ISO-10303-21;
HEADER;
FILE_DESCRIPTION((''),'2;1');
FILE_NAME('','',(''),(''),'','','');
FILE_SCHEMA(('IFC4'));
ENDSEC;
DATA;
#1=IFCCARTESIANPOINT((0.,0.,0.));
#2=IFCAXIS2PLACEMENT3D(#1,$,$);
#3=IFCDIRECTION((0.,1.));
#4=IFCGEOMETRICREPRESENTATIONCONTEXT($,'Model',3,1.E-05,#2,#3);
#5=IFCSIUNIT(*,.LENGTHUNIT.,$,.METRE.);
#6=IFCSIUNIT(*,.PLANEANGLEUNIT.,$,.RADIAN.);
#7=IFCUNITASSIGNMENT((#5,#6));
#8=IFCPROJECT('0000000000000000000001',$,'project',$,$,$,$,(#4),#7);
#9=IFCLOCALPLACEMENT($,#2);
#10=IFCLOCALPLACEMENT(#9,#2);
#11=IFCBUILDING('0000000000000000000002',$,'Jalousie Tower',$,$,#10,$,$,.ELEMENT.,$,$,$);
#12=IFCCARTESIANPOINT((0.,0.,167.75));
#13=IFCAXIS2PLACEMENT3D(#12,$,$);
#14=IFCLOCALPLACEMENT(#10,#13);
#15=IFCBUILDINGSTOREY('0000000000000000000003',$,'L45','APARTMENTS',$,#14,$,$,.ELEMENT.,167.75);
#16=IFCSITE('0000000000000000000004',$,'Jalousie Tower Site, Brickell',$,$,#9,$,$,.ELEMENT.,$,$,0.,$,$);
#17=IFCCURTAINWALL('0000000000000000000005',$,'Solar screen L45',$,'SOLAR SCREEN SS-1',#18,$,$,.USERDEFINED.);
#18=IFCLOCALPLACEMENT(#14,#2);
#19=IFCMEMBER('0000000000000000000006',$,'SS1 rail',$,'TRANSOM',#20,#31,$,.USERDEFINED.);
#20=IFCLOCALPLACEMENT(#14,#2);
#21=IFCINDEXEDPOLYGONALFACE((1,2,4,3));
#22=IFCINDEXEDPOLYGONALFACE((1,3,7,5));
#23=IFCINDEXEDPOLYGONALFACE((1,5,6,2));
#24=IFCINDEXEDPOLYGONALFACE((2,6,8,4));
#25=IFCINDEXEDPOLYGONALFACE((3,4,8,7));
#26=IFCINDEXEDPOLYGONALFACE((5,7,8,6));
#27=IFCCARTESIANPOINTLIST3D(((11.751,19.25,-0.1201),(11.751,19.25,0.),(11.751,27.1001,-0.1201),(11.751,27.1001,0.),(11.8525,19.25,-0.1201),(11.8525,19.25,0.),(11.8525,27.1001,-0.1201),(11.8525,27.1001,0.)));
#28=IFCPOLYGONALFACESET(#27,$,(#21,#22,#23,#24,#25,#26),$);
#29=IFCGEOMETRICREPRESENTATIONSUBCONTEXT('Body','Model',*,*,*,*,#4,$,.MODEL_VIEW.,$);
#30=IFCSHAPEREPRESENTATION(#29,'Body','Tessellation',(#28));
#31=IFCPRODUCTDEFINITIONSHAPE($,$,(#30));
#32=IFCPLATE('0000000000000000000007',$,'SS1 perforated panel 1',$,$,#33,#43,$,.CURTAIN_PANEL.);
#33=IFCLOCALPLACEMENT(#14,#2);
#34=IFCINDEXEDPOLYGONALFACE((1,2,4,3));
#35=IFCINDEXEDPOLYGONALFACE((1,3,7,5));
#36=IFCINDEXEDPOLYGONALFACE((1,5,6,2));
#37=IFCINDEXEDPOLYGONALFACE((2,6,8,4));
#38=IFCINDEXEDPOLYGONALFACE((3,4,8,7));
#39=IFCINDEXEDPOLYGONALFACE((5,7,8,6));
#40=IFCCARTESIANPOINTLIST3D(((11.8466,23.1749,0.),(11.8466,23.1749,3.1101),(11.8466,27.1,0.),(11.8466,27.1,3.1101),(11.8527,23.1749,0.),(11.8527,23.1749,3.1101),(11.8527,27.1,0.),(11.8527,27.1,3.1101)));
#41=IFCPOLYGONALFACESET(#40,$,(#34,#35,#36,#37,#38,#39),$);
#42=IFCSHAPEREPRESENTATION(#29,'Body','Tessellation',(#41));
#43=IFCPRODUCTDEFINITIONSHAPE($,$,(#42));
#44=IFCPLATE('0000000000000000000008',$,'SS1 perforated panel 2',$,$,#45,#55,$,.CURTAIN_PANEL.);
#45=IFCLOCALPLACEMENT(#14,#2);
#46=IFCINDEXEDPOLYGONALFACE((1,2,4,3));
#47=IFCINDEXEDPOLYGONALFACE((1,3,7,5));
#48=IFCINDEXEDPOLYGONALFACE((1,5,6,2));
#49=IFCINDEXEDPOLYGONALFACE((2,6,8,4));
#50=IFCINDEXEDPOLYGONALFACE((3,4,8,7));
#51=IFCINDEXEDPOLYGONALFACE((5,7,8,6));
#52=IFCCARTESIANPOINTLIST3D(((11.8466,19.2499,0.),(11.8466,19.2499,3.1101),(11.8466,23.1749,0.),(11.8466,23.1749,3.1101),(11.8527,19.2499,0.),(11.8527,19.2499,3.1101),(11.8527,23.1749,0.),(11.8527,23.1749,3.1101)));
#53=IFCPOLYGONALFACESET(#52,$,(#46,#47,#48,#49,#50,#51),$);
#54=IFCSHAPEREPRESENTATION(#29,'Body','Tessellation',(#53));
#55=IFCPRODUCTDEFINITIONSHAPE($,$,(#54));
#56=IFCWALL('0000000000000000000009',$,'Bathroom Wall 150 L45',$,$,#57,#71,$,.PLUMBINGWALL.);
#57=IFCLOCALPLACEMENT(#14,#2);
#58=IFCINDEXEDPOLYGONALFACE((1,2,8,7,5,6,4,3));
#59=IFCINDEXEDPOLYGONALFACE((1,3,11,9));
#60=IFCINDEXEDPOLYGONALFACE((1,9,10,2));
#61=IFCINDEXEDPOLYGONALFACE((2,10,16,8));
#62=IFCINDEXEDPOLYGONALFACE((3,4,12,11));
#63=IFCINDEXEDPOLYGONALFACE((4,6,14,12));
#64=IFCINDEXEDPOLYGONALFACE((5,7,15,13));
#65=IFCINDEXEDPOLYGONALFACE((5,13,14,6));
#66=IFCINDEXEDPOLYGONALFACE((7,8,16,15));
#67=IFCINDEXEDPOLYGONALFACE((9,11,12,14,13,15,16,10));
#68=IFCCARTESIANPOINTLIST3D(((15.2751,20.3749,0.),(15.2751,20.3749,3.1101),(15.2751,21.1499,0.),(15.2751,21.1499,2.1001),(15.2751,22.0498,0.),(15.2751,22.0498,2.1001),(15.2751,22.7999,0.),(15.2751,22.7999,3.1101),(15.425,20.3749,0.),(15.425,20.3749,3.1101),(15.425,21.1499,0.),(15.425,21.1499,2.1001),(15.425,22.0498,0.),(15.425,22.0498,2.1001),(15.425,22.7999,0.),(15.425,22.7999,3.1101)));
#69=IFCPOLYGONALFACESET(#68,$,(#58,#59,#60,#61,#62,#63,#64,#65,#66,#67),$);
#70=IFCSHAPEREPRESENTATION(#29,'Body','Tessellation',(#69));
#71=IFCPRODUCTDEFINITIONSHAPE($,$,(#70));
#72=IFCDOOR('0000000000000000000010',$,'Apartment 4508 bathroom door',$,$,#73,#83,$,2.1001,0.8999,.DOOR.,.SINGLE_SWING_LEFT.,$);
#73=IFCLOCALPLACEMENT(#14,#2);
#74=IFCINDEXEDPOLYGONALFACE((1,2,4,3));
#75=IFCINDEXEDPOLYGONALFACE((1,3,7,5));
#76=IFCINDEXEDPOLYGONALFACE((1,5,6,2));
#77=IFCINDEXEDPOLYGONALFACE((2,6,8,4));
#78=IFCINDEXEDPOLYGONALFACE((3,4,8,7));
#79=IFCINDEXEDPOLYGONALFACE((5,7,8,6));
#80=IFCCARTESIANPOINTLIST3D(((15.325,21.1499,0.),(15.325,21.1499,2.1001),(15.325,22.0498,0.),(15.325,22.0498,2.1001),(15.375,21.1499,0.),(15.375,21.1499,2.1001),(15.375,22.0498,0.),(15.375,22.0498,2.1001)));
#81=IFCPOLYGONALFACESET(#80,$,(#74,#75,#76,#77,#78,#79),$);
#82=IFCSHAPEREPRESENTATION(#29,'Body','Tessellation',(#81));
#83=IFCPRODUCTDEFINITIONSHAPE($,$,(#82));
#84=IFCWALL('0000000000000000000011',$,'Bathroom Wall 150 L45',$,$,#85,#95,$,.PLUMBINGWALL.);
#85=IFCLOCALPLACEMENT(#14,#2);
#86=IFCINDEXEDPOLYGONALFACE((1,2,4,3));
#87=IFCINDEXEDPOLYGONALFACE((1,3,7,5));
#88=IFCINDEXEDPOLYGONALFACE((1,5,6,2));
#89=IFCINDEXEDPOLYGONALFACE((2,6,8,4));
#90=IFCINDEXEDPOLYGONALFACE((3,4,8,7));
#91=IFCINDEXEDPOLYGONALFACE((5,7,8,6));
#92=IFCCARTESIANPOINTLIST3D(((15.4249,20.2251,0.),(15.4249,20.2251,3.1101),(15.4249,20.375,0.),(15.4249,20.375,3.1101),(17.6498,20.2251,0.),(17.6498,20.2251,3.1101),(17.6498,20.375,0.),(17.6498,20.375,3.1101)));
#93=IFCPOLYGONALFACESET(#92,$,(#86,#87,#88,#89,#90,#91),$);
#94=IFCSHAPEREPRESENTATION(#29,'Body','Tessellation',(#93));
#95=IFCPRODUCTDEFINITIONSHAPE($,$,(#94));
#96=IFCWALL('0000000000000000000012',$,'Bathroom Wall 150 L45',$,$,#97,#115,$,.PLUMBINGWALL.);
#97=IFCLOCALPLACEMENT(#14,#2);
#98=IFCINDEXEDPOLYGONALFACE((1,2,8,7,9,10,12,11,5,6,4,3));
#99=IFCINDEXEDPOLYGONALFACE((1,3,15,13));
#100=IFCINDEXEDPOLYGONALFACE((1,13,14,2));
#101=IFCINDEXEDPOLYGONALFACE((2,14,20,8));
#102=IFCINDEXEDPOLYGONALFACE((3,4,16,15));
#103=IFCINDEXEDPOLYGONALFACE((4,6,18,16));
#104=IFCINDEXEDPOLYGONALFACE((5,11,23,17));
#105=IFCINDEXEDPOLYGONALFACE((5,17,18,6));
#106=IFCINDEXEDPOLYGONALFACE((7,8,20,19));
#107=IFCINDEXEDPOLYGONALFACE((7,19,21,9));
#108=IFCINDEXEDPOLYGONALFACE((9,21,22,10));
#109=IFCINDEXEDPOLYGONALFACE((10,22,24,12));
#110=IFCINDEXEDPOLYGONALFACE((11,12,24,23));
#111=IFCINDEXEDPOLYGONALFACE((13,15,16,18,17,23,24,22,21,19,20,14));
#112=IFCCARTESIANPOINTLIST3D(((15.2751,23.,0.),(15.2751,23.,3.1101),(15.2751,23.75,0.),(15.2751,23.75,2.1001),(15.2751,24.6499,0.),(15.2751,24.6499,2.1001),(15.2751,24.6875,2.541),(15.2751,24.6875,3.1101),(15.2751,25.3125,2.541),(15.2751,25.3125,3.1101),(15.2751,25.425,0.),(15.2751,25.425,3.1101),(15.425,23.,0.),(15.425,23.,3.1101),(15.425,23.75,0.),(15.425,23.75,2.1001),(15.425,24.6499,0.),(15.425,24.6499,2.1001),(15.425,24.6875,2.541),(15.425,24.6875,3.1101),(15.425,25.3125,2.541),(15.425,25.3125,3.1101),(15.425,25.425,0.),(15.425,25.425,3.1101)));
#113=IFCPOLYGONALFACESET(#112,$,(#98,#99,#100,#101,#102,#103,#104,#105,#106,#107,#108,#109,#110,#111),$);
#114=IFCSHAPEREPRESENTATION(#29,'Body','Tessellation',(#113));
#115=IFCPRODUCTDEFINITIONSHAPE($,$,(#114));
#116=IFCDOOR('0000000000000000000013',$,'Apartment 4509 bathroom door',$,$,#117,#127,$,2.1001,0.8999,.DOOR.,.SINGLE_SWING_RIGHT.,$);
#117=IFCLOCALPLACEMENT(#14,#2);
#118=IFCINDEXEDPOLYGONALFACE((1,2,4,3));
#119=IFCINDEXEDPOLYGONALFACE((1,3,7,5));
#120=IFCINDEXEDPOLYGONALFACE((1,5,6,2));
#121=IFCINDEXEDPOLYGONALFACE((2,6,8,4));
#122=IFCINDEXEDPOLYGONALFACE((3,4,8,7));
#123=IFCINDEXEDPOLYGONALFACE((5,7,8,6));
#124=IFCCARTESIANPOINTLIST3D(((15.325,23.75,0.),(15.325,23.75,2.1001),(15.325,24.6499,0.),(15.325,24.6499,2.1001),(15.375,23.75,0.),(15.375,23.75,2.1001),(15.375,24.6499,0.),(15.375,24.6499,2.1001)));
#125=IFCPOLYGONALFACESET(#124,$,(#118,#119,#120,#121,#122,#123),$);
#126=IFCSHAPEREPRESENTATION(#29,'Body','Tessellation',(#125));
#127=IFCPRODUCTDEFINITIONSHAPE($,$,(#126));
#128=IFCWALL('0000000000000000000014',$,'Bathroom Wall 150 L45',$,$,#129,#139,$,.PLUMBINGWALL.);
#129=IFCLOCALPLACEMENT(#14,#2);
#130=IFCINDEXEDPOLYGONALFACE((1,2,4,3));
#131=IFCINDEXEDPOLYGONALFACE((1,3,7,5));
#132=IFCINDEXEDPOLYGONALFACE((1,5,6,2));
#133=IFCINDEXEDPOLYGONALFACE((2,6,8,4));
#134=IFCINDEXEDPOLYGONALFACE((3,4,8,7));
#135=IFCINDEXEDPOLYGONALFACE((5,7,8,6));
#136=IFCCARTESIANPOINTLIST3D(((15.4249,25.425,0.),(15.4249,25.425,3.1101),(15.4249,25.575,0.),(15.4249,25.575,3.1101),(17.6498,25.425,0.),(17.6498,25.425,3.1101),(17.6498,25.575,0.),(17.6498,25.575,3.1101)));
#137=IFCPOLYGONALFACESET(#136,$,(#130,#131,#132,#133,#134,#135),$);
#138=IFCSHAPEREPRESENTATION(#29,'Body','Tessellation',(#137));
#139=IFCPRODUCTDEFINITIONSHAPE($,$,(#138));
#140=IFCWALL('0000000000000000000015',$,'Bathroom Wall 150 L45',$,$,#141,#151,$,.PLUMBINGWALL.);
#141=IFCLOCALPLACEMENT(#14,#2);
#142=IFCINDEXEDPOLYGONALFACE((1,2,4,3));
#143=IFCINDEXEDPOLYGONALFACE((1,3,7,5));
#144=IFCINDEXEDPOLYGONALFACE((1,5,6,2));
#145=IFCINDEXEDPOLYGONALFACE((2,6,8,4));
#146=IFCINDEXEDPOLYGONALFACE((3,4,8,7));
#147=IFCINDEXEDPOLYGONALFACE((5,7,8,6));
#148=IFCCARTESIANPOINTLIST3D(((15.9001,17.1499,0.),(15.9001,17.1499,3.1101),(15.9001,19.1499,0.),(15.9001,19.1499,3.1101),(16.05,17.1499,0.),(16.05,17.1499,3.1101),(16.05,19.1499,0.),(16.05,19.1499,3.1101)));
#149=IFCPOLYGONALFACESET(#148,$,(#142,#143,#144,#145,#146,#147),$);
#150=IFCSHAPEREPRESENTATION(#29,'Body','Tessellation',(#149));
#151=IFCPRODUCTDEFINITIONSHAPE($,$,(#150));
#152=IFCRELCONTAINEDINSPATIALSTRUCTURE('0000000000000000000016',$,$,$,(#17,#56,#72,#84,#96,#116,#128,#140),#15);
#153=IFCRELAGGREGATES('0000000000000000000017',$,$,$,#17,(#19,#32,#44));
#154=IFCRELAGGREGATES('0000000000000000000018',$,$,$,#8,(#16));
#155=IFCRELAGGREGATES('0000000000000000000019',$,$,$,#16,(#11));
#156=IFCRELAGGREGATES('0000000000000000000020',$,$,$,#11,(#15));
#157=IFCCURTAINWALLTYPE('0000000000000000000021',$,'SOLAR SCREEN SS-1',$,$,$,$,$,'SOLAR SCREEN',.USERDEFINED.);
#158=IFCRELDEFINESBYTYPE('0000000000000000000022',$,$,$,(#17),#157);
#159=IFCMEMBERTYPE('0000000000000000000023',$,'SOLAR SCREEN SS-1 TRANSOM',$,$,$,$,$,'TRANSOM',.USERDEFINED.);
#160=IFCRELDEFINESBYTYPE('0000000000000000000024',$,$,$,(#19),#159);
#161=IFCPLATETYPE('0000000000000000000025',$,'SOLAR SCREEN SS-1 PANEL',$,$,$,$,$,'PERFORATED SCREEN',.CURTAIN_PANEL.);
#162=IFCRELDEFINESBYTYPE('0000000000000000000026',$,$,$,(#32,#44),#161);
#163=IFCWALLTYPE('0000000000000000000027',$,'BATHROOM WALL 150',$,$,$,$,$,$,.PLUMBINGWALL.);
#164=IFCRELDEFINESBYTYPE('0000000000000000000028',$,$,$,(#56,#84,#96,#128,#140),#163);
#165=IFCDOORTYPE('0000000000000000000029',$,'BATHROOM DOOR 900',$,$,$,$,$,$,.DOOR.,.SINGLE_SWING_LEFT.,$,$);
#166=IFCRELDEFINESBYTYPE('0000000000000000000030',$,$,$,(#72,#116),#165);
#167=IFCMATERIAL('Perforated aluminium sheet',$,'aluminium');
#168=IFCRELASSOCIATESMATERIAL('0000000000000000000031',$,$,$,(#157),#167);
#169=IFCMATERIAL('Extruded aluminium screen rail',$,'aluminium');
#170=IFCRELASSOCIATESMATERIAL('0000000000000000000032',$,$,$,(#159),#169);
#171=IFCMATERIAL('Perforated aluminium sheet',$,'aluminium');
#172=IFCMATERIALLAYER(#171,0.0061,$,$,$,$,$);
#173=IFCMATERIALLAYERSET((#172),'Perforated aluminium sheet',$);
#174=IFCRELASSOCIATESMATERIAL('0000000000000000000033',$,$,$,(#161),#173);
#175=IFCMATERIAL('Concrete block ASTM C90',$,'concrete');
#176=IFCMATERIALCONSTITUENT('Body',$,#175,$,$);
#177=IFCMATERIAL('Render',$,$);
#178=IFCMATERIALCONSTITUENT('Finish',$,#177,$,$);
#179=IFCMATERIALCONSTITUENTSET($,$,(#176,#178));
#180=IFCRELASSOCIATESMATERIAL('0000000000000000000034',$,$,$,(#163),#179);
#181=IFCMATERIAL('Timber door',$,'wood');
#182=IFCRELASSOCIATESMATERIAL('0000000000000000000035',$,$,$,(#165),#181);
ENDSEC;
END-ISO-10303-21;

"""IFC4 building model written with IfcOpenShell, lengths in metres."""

from ifc_helpers import new_model, si_unit, direction, frame, frame_2d, origin, origin_2d, place, context, subcontext, project, spatial, polyline, rectangle, outline, extrude, material, layer, layer_set, constituent, constituent_set, material_profile, profile_set, type_object, element, fill, aggregate, save


model = new_model("IFC4")

# Units and contexts
model_context = context("Model", 3, precision=1e-05, world=origin(), true_north=direction((0.0, 1.0)))
body_context = subcontext(model_context, "Body", "Model", "MODEL_VIEW")
ifc_project = project(units=[si_unit("LENGTHUNIT", "METRE"), si_unit("PLANEANGLEUNIT", "RADIAN")], contexts=[model_context])

# Site, building, storey
site_placement = place(None, origin())
site = spatial("IfcSite", under=ifc_project, at=site_placement, Name="Jalousie Tower Site, Brickell", CompositionType="ELEMENT", RefElevation=0.0)
building_placement = place(site_placement, origin())
building = spatial("IfcBuilding", under=site, at=building_placement, Name="Jalousie Tower", CompositionType="ELEMENT")
storey_placement = place(building_placement, frame((0.0, 0.0, 167.75)))
storey = spatial("IfcBuildingStorey", under=building, at=storey_placement, Name="L45", Description="APARTMENTS", CompositionType="ELEMENT", Elevation=167.75)

# Shared definitions
ifc_material_1 = material(Name="Perforated aluminium sheet", Category="aluminium")
curtain_wall_type = type_object("IfcCurtainWallType", Name="SOLAR SCREEN SS-1", ElementType="SOLAR SCREEN", PredefinedType="USERDEFINED", material=ifc_material_1)

# Curtain wall, member, plates
curtain_wall_1_placement = place(storey_placement, origin())
curtain_wall_1 = element("IfcCurtainWall", 1, at=curtain_wall_1_placement, inside=storey, type_object=curtain_wall_type, Name="Solar screen L45", ObjectType="SOLAR SCREEN SS-1", PredefinedType="USERDEFINED")
ifc_material_2 = material(Name="Extruded aluminium screen rail", Category="aluminium")
ifc_material_profile_1 = material_profile(ifc_material_2, rectangle(XDim=0.1016, YDim=0.1201, at=origin_2d()), Name="RAIL 102x120")
ifc_profile_set_1 = profile_set([ifc_material_profile_1], Name="Extruded aluminium screen rail")
member_type_1 = type_object("IfcMemberType", Name="SOLAR SCREEN SS-1 TRANSOM", ElementType="TRANSOM", PredefinedType="USERDEFINED", material=ifc_profile_set_1)
member_1_placement = place(storey_placement, frame((11.8018, 27.1001, -0.0601), z_axis=(0.0, -1.0, 0.0), x_axis=(1.0, 0.0, 0.0)))
member_1 = element("IfcMember", 2, at=member_1_placement, type_object=member_type_1, Name="SS1 rail", ObjectType="TRANSOM", PredefinedType="USERDEFINED", context=body_context, shape_type="SweptSolid", body=[
    extrude(rectangle(XDim=0.1016, YDim=0.1201, at=origin_2d()), origin(), (0.0, 0.0, 1.0), 7.8501),
])
ifc_material_3 = material(Name="Perforated aluminium sheet", Category="aluminium")
ifc_layer_1 = layer(ifc_material_3, 0.0061)
ifc_layer_set_1 = layer_set([ifc_layer_1], Name="Perforated aluminium sheet")
plate_type = type_object("IfcPlateType", Name="SOLAR SCREEN SS-1 PANEL", ElementType="PERFORATED SCREEN", PredefinedType="CURTAIN_PANEL", material=ifc_layer_set_1)
plate_1_placement = place(storey_placement, frame((11.8496, 25.1375, 0.0), z_axis=(0.0, 0.0, 1.0), x_axis=(0.0, -1.0, 0.0)))
plate_1 = element("IfcPlate", 3, at=plate_1_placement, type_object=plate_type, Name="SS1 perforated panel 1", PredefinedType="CURTAIN_PANEL", context=body_context, shape_type="SweptSolid", body=[
    extrude(rectangle(XDim=3.925, YDim=0.0061, at=origin_2d()), origin(), (0.0, 0.0, 1.0), 3.1101),
])
plate_2_placement = place(storey_placement, frame((11.8496, 21.2124, 0.0), z_axis=(0.0, 0.0, 1.0), x_axis=(0.0, -1.0, 0.0)))
plate_2 = element("IfcPlate", 4, at=plate_2_placement, type_object=plate_type, Name="SS1 perforated panel 2", PredefinedType="CURTAIN_PANEL", context=body_context, shape_type="SweptSolid", body=[
    extrude(rectangle(XDim=3.925, YDim=0.0061, at=origin_2d()), origin(), (0.0, 0.0, 1.0), 3.1101),
])
aggregate(curtain_wall_1, [member_1, plate_1, plate_2])

# Wall, opening, door
ifc_material_4 = material(Name="Concrete block ASTM C90", Category="concrete")
ifc_constituent_1 = constituent(ifc_material_4, Name="Body")
ifc_material_5 = material(Name="Render")
ifc_constituent_2 = constituent(ifc_material_5, Name="Finish")
ifc_constituent_set_1 = constituent_set(constituents=[ifc_constituent_1, ifc_constituent_2])
wall_type_1 = type_object("IfcWallType", Name="BATHROOM WALL 150", PredefinedType="PLUMBINGWALL", material=ifc_constituent_set_1)
wall_1_placement = place(storey_placement, frame((15.3501, 20.375, 0.0), z_axis=(0.0, 0.0, 1.0), x_axis=(0.0, 1.0, 0.0)))
wall_1 = element("IfcWall", 5, at=wall_1_placement, inside=storey, type_object=wall_type_1, Name="Bathroom Wall 150 L45", PredefinedType="PLUMBINGWALL", context=body_context, shape_type="SweptSolid", body=[
    extrude(rectangle(XDim=2.425, YDim=0.1499, at=frame_2d((1.2124, 0.0))), origin(), (0.0, 0.0, 1.0), 3.1101),
])
opening_1_placement = place(wall_1_placement, frame((0.7749, 0.0, 0.0)))
opening_1 = element("IfcOpeningElement", 6, at=opening_1_placement, cuts=wall_1, PredefinedType="OPENING", context=body_context, shape_type="SweptSolid", body=[
    extrude(rectangle(XDim=0.8999, YDim=2.1001, at=frame_2d((0.45, 1.05))), frame((0.0, 0.085, 0.0), z_axis=(0.0, -1.0, 0.0), x_axis=(1.0, 0.0, 0.0)), (0.0, 0.0, 1.0), 0.1699),
])
ifc_material_6 = material(Name="Timber door", Category="wood")
door_type_1 = type_object("IfcDoorType", Name="BATHROOM DOOR 900", OperationType="SINGLE_SWING_LEFT", PredefinedType="DOOR", material=ifc_material_6)
door_1_placement = place(opening_1_placement, frame((0.8999, 0.0, 0.0), z_axis=(0.0, 0.0, 1.0), x_axis=(-1.0, 0.0, 0.0)))
door_1 = element("IfcDoor", 7, at=door_1_placement, inside=storey, type_object=door_type_1, Name="Apartment 4508 bathroom door", OperationType="SINGLE_SWING_LEFT", OverallHeight=2.1001, OverallWidth=0.8999, PredefinedType="DOOR", context=body_context, shape_type="SweptSolid", body=[
    extrude(rectangle(XDim=0.8999, YDim=2.1001, at=frame_2d((0.45, 1.05))), frame((0.0, 0.0249, 0.0), z_axis=(0.0, -1.0, 0.0), x_axis=(1.0, 0.0, 0.0)), (0.0, 0.0, 1.0), 0.05),
])
fill(opening_1, door_1)

# Wall
wall_2_placement = place(storey_placement, frame((15.425, 20.3, 0.0), z_axis=(0.0, 0.0, 1.0), x_axis=(1.0, 0.0, 0.0)))
element("IfcWall", 8, at=wall_2_placement, inside=storey, type_object=wall_type_1, Name="Bathroom Wall 150 L45", PredefinedType="PLUMBINGWALL", context=body_context, shape_type="SweptSolid", body=[
    extrude(rectangle(XDim=2.2249, YDim=0.1499, at=frame_2d((1.1123, 0.0))), origin(), (0.0, 0.0, 1.0), 3.1101),
])

# Wall, opening, door
wall_3_placement = place(storey_placement, frame((15.3501, 23.0, 0.0), z_axis=(0.0, 0.0, 1.0), x_axis=(0.0, 1.0, 0.0)))
wall_3 = element("IfcWall", 9, at=wall_3_placement, inside=storey, type_object=wall_type_1, Name="Bathroom Wall 150 L45", PredefinedType="PLUMBINGWALL", context=body_context, shape_type="SweptSolid", body=[
    extrude(outline(polyline([(0.0, 0.0), (2.425, 0.0), (2.425, 3.1101), (2.3125, 3.1101), (2.3125, 2.541), (1.6875, 2.541), (1.6875, 3.1101), (0.0, 3.1101), (0.0, 0.0)])), frame((0.0, 0.075, 0.0), z_axis=(0.0, -1.0, 0.0), x_axis=(1.0, 0.0, 0.0)), (0.0, 0.0, 1.0), 0.1499),
])
opening_2_placement = place(wall_3_placement, frame((0.75, 0.0, 0.0)))
opening_2 = element("IfcOpeningElement", 10, at=opening_2_placement, cuts=wall_3, PredefinedType="OPENING", context=body_context, shape_type="SweptSolid", body=[
    extrude(rectangle(XDim=0.8999, YDim=2.1001, at=frame_2d((0.45, 1.05))), frame((0.0, 0.085, 0.0), z_axis=(0.0, -1.0, 0.0), x_axis=(1.0, 0.0, 0.0)), (0.0, 0.0, 1.0), 0.1699),
])
door_2_placement = place(opening_2_placement, frame((0.8999, 0.0, 0.0), z_axis=(0.0, 0.0, 1.0), x_axis=(-1.0, 0.0, 0.0)))
door_2 = element("IfcDoor", 11, at=door_2_placement, inside=storey, type_object=door_type_1, Name="Apartment 4509 bathroom door", OperationType="SINGLE_SWING_RIGHT", OverallHeight=2.1001, OverallWidth=0.8999, PredefinedType="DOOR", context=body_context, shape_type="SweptSolid", body=[
    extrude(rectangle(XDim=0.8999, YDim=2.1001, at=frame_2d((0.45, 1.05))), frame((0.0, 0.0249, 0.0), z_axis=(0.0, -1.0, 0.0), x_axis=(1.0, 0.0, 0.0)), (0.0, 0.0, 1.0), 0.05),
])
fill(opening_2, door_2)

# Walls
wall_4_placement = place(storey_placement, frame((15.425, 25.5, 0.0), z_axis=(0.0, 0.0, 1.0), x_axis=(1.0, 0.0, 0.0)))
element("IfcWall", 12, at=wall_4_placement, inside=storey, type_object=wall_type_1, Name="Bathroom Wall 150 L45", PredefinedType="PLUMBINGWALL", context=body_context, shape_type="SweptSolid", body=[
    extrude(rectangle(XDim=2.2249, YDim=0.1499, at=frame_2d((1.1123, 0.0))), origin(), (0.0, 0.0, 1.0), 3.1101),
])
wall_5_placement = place(storey_placement, frame((15.9751, 19.1499, 0.0), z_axis=(0.0, 0.0, 1.0), x_axis=(0.0, -1.0, 0.0)))
element("IfcWall", 13, at=wall_5_placement, inside=storey, type_object=wall_type_1, Name="Bathroom Wall 150 L45", PredefinedType="PLUMBINGWALL", context=body_context, shape_type="SweptSolid", body=[
    extrude(rectangle(XDim=2.0, YDim=0.1499, at=frame_2d((1.0, 0.0))), origin(), (0.0, 0.0, 1.0), 3.1101),
])

save(model, "model.ifc")
